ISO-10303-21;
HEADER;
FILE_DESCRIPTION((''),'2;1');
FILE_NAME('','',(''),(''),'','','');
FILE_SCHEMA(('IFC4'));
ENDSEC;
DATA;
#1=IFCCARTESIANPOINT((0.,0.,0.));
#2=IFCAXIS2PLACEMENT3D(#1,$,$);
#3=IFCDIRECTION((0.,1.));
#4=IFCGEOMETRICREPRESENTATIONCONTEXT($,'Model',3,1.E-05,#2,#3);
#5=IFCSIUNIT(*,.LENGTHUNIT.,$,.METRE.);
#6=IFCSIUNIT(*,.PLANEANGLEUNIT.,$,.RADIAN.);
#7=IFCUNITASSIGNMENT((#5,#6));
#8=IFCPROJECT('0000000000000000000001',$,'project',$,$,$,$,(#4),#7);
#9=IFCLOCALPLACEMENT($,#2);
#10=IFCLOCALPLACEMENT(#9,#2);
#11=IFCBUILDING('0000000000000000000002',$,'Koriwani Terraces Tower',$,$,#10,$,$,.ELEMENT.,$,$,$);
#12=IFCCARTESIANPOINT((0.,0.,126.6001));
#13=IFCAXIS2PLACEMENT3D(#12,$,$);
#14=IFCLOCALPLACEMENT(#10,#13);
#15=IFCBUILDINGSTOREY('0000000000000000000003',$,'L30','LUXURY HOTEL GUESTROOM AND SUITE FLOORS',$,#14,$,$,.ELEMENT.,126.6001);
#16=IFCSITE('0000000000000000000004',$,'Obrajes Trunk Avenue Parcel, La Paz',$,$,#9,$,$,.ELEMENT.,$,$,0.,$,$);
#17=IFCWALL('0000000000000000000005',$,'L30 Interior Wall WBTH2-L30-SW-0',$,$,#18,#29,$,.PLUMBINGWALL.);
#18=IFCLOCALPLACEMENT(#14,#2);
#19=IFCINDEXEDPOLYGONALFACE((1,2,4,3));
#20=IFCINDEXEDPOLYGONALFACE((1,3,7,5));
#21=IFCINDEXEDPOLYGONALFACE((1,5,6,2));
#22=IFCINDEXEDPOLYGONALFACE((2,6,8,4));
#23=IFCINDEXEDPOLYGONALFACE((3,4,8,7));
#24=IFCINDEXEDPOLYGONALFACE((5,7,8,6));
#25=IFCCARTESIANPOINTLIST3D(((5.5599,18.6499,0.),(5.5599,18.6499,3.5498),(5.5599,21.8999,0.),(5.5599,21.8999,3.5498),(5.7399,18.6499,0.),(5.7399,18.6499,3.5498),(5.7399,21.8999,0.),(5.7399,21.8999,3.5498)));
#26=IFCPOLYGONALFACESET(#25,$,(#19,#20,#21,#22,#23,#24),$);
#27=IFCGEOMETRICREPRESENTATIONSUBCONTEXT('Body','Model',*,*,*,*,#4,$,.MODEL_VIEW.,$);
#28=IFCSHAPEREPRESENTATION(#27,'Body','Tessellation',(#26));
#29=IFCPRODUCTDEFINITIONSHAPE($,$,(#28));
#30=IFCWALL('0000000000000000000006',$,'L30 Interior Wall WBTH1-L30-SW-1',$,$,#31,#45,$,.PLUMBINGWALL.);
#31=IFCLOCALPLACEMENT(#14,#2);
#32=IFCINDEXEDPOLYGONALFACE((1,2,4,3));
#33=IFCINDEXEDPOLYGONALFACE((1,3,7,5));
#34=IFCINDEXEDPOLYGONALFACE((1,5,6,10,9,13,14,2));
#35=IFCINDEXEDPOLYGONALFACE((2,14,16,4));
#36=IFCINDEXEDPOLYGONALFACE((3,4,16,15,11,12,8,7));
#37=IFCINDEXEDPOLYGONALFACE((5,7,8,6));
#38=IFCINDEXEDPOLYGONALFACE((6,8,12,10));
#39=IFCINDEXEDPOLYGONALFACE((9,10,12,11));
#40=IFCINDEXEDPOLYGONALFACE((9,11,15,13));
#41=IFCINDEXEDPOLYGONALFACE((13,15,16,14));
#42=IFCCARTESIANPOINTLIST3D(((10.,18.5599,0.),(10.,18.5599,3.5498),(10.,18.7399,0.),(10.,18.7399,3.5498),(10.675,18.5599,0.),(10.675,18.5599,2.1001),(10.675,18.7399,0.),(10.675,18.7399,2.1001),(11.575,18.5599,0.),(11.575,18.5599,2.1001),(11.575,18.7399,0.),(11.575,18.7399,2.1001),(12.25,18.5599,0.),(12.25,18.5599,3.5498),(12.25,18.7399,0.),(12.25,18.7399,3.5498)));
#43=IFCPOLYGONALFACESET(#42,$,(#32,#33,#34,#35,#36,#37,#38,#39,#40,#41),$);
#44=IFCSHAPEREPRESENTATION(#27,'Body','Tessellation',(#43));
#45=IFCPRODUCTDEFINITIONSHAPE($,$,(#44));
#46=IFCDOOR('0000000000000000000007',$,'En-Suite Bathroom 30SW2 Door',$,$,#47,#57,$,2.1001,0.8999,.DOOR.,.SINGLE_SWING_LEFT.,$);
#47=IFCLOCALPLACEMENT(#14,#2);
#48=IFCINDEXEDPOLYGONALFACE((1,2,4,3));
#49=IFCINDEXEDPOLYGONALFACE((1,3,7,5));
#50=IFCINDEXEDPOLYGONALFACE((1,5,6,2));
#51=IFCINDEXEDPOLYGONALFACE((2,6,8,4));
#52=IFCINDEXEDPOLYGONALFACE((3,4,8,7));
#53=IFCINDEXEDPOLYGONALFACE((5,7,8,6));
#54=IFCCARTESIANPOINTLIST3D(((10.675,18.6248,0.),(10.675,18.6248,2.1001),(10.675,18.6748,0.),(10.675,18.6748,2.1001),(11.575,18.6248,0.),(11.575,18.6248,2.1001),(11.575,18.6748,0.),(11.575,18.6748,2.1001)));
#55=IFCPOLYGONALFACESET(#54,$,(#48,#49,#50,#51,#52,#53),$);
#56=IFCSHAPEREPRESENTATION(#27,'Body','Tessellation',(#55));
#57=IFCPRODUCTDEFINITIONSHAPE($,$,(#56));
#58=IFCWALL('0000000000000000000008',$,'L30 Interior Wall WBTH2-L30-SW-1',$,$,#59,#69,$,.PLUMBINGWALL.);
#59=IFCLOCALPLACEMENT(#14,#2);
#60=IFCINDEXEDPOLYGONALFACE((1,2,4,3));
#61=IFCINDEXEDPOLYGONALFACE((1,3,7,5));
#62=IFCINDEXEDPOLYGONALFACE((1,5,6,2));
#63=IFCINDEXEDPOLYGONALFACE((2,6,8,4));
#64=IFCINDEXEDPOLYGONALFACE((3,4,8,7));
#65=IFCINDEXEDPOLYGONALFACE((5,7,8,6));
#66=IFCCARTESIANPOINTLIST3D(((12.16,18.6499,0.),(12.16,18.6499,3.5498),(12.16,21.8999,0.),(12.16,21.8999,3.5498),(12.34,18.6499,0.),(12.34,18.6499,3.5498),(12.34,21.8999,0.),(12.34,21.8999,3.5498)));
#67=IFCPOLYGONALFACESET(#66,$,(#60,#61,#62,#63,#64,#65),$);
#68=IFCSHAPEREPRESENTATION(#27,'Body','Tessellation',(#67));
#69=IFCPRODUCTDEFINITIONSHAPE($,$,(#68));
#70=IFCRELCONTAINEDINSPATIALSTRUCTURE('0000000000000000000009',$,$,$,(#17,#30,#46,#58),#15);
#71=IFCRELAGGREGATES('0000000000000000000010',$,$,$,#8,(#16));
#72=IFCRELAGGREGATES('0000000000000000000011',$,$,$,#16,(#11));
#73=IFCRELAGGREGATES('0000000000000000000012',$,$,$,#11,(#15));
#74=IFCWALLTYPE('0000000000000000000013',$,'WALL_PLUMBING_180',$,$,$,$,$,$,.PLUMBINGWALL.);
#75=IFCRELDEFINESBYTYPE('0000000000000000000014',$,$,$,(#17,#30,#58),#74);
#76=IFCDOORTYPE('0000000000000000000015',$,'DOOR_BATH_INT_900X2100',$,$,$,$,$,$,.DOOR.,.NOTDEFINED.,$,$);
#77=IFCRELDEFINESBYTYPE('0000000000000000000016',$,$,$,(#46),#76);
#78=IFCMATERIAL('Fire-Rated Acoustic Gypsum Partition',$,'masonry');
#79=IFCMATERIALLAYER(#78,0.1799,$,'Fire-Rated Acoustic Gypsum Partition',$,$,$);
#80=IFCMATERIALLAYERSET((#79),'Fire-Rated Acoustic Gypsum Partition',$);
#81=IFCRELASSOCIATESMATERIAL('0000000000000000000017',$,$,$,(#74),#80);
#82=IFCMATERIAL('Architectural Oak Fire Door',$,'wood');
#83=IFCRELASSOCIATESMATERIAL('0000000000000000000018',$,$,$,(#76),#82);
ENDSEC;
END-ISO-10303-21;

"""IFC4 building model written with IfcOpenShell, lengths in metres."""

from ifc_helpers import new_model, si_unit, direction, frame, frame_2d, origin, place, context, subcontext, project, spatial, rectangle, extrude, material, layer, layer_set, type_object, element, fill, save


model = new_model("IFC4")

# Units and contexts
model_context = context("Model", 3, precision=1e-05, world=origin(), true_north=direction((0.0, 1.0)))
body_context = subcontext(model_context, "Body", "Model", "MODEL_VIEW")
ifc_project = project(units=[si_unit("LENGTHUNIT", "METRE"), si_unit("PLANEANGLEUNIT", "RADIAN")], contexts=[model_context])

# Site, building, storey
site_placement = place(None, origin())
site = spatial("IfcSite", under=ifc_project, at=site_placement, Name="Obrajes Trunk Avenue Parcel, La Paz", CompositionType="ELEMENT", RefElevation=0.0)
building_placement = place(site_placement, origin())
building = spatial("IfcBuilding", under=site, at=building_placement, Name="Koriwani Terraces Tower", CompositionType="ELEMENT")
storey_placement = place(building_placement, frame((0.0, 0.0, 126.6001)))
storey = spatial("IfcBuildingStorey", under=building, at=storey_placement, Name="L30", Description="LUXURY HOTEL GUESTROOM AND SUITE FLOORS", CompositionType="ELEMENT", Elevation=126.6001)

# Shared definitions
ifc_material_1 = material(Name="Fire-Rated Acoustic Gypsum Partition", Category="masonry")
ifc_layer = layer(ifc_material_1, 0.1799, Name="Fire-Rated Acoustic Gypsum Partition")
ifc_layer_set = layer_set([ifc_layer], Name="Fire-Rated Acoustic Gypsum Partition")
wall_type = type_object("IfcWallType", Name="WALL_PLUMBING_180", PredefinedType="PLUMBINGWALL", material=ifc_layer_set)
ifc_material_2 = material(Name="Architectural Oak Fire Door", Category="wood")
door_type = type_object("IfcDoorType", Name="DOOR_BATH_INT_900X2100", OperationType="NOTDEFINED", PredefinedType="DOOR", material=ifc_material_2)

# Wall
wall_1_placement = place(storey_placement, frame((5.6499, 18.6499, 0.0), z_axis=(0.0, 0.0, 1.0), x_axis=(0.0, 1.0, 0.0)))
element("IfcWall", 1, at=wall_1_placement, inside=storey, type_object=wall_type, Name="L30 Interior Wall WBTH2-L30-SW-0", PredefinedType="PLUMBINGWALL", context=body_context, shape_type="SweptSolid", body=[
    extrude(rectangle(XDim=3.25, YDim=0.1799, at=frame_2d((1.625, 0.0))), origin(), (0.0, 0.0, 1.0), 3.5498),
])

# Wall, opening, door
wall_2_placement = place(storey_placement, frame((10.0, 18.6499, 0.0), z_axis=(0.0, 0.0, 1.0), x_axis=(1.0, 0.0, 0.0)))
wall_2 = element("IfcWall", 2, at=wall_2_placement, inside=storey, type_object=wall_type, Name="L30 Interior Wall WBTH1-L30-SW-1", PredefinedType="PLUMBINGWALL", context=body_context, shape_type="SweptSolid", body=[
    extrude(rectangle(XDim=2.25, YDim=0.1799, at=frame_2d((1.125, 0.0))), origin(), (0.0, 0.0, 1.0), 3.5498),
])
opening_1_placement = place(wall_2_placement, frame((0.675, 0.0, 0.0)))
opening_1 = element("IfcOpeningElement", 3, at=opening_1_placement, cuts=wall_2, PredefinedType="OPENING", context=body_context, shape_type="SweptSolid", body=[
    extrude(rectangle(XDim=0.8999, YDim=2.1001, at=frame_2d((0.45, 1.05))), frame((0.0, 0.1001, 0.0), z_axis=(0.0, -1.0, 0.0), x_axis=(1.0, 0.0, 0.0)), (0.0, 0.0, 1.0), 0.2),
])
door_1_placement = place(opening_1_placement, origin())
door_1 = element("IfcDoor", 4, at=door_1_placement, inside=storey, type_object=door_type, Name="En-Suite Bathroom 30SW2 Door", OperationType="SINGLE_SWING_LEFT", OverallHeight=2.1001, OverallWidth=0.8999, PredefinedType="DOOR", context=body_context, shape_type="SweptSolid", body=[
    extrude(rectangle(XDim=0.8999, YDim=2.1001, at=frame_2d((0.45, 1.05))), frame((0.0, 0.0249, 0.0), z_axis=(0.0, -1.0, 0.0), x_axis=(1.0, 0.0, 0.0)), (0.0, 0.0, 1.0), 0.05),
])
fill(opening_1, door_1)

# Wall
wall_3_placement = place(storey_placement, frame((12.25, 18.6499, 0.0), z_axis=(0.0, 0.0, 1.0), x_axis=(0.0, 1.0, 0.0)))
element("IfcWall", 5, at=wall_3_placement, inside=storey, type_object=wall_type, Name="L30 Interior Wall WBTH2-L30-SW-1", PredefinedType="PLUMBINGWALL", context=body_context, shape_type="SweptSolid", body=[
    extrude(rectangle(XDim=3.25, YDim=0.1799, at=frame_2d((1.625, 0.0))), origin(), (0.0, 0.0, 1.0), 3.5498),
])

save(model, "model.ifc")
